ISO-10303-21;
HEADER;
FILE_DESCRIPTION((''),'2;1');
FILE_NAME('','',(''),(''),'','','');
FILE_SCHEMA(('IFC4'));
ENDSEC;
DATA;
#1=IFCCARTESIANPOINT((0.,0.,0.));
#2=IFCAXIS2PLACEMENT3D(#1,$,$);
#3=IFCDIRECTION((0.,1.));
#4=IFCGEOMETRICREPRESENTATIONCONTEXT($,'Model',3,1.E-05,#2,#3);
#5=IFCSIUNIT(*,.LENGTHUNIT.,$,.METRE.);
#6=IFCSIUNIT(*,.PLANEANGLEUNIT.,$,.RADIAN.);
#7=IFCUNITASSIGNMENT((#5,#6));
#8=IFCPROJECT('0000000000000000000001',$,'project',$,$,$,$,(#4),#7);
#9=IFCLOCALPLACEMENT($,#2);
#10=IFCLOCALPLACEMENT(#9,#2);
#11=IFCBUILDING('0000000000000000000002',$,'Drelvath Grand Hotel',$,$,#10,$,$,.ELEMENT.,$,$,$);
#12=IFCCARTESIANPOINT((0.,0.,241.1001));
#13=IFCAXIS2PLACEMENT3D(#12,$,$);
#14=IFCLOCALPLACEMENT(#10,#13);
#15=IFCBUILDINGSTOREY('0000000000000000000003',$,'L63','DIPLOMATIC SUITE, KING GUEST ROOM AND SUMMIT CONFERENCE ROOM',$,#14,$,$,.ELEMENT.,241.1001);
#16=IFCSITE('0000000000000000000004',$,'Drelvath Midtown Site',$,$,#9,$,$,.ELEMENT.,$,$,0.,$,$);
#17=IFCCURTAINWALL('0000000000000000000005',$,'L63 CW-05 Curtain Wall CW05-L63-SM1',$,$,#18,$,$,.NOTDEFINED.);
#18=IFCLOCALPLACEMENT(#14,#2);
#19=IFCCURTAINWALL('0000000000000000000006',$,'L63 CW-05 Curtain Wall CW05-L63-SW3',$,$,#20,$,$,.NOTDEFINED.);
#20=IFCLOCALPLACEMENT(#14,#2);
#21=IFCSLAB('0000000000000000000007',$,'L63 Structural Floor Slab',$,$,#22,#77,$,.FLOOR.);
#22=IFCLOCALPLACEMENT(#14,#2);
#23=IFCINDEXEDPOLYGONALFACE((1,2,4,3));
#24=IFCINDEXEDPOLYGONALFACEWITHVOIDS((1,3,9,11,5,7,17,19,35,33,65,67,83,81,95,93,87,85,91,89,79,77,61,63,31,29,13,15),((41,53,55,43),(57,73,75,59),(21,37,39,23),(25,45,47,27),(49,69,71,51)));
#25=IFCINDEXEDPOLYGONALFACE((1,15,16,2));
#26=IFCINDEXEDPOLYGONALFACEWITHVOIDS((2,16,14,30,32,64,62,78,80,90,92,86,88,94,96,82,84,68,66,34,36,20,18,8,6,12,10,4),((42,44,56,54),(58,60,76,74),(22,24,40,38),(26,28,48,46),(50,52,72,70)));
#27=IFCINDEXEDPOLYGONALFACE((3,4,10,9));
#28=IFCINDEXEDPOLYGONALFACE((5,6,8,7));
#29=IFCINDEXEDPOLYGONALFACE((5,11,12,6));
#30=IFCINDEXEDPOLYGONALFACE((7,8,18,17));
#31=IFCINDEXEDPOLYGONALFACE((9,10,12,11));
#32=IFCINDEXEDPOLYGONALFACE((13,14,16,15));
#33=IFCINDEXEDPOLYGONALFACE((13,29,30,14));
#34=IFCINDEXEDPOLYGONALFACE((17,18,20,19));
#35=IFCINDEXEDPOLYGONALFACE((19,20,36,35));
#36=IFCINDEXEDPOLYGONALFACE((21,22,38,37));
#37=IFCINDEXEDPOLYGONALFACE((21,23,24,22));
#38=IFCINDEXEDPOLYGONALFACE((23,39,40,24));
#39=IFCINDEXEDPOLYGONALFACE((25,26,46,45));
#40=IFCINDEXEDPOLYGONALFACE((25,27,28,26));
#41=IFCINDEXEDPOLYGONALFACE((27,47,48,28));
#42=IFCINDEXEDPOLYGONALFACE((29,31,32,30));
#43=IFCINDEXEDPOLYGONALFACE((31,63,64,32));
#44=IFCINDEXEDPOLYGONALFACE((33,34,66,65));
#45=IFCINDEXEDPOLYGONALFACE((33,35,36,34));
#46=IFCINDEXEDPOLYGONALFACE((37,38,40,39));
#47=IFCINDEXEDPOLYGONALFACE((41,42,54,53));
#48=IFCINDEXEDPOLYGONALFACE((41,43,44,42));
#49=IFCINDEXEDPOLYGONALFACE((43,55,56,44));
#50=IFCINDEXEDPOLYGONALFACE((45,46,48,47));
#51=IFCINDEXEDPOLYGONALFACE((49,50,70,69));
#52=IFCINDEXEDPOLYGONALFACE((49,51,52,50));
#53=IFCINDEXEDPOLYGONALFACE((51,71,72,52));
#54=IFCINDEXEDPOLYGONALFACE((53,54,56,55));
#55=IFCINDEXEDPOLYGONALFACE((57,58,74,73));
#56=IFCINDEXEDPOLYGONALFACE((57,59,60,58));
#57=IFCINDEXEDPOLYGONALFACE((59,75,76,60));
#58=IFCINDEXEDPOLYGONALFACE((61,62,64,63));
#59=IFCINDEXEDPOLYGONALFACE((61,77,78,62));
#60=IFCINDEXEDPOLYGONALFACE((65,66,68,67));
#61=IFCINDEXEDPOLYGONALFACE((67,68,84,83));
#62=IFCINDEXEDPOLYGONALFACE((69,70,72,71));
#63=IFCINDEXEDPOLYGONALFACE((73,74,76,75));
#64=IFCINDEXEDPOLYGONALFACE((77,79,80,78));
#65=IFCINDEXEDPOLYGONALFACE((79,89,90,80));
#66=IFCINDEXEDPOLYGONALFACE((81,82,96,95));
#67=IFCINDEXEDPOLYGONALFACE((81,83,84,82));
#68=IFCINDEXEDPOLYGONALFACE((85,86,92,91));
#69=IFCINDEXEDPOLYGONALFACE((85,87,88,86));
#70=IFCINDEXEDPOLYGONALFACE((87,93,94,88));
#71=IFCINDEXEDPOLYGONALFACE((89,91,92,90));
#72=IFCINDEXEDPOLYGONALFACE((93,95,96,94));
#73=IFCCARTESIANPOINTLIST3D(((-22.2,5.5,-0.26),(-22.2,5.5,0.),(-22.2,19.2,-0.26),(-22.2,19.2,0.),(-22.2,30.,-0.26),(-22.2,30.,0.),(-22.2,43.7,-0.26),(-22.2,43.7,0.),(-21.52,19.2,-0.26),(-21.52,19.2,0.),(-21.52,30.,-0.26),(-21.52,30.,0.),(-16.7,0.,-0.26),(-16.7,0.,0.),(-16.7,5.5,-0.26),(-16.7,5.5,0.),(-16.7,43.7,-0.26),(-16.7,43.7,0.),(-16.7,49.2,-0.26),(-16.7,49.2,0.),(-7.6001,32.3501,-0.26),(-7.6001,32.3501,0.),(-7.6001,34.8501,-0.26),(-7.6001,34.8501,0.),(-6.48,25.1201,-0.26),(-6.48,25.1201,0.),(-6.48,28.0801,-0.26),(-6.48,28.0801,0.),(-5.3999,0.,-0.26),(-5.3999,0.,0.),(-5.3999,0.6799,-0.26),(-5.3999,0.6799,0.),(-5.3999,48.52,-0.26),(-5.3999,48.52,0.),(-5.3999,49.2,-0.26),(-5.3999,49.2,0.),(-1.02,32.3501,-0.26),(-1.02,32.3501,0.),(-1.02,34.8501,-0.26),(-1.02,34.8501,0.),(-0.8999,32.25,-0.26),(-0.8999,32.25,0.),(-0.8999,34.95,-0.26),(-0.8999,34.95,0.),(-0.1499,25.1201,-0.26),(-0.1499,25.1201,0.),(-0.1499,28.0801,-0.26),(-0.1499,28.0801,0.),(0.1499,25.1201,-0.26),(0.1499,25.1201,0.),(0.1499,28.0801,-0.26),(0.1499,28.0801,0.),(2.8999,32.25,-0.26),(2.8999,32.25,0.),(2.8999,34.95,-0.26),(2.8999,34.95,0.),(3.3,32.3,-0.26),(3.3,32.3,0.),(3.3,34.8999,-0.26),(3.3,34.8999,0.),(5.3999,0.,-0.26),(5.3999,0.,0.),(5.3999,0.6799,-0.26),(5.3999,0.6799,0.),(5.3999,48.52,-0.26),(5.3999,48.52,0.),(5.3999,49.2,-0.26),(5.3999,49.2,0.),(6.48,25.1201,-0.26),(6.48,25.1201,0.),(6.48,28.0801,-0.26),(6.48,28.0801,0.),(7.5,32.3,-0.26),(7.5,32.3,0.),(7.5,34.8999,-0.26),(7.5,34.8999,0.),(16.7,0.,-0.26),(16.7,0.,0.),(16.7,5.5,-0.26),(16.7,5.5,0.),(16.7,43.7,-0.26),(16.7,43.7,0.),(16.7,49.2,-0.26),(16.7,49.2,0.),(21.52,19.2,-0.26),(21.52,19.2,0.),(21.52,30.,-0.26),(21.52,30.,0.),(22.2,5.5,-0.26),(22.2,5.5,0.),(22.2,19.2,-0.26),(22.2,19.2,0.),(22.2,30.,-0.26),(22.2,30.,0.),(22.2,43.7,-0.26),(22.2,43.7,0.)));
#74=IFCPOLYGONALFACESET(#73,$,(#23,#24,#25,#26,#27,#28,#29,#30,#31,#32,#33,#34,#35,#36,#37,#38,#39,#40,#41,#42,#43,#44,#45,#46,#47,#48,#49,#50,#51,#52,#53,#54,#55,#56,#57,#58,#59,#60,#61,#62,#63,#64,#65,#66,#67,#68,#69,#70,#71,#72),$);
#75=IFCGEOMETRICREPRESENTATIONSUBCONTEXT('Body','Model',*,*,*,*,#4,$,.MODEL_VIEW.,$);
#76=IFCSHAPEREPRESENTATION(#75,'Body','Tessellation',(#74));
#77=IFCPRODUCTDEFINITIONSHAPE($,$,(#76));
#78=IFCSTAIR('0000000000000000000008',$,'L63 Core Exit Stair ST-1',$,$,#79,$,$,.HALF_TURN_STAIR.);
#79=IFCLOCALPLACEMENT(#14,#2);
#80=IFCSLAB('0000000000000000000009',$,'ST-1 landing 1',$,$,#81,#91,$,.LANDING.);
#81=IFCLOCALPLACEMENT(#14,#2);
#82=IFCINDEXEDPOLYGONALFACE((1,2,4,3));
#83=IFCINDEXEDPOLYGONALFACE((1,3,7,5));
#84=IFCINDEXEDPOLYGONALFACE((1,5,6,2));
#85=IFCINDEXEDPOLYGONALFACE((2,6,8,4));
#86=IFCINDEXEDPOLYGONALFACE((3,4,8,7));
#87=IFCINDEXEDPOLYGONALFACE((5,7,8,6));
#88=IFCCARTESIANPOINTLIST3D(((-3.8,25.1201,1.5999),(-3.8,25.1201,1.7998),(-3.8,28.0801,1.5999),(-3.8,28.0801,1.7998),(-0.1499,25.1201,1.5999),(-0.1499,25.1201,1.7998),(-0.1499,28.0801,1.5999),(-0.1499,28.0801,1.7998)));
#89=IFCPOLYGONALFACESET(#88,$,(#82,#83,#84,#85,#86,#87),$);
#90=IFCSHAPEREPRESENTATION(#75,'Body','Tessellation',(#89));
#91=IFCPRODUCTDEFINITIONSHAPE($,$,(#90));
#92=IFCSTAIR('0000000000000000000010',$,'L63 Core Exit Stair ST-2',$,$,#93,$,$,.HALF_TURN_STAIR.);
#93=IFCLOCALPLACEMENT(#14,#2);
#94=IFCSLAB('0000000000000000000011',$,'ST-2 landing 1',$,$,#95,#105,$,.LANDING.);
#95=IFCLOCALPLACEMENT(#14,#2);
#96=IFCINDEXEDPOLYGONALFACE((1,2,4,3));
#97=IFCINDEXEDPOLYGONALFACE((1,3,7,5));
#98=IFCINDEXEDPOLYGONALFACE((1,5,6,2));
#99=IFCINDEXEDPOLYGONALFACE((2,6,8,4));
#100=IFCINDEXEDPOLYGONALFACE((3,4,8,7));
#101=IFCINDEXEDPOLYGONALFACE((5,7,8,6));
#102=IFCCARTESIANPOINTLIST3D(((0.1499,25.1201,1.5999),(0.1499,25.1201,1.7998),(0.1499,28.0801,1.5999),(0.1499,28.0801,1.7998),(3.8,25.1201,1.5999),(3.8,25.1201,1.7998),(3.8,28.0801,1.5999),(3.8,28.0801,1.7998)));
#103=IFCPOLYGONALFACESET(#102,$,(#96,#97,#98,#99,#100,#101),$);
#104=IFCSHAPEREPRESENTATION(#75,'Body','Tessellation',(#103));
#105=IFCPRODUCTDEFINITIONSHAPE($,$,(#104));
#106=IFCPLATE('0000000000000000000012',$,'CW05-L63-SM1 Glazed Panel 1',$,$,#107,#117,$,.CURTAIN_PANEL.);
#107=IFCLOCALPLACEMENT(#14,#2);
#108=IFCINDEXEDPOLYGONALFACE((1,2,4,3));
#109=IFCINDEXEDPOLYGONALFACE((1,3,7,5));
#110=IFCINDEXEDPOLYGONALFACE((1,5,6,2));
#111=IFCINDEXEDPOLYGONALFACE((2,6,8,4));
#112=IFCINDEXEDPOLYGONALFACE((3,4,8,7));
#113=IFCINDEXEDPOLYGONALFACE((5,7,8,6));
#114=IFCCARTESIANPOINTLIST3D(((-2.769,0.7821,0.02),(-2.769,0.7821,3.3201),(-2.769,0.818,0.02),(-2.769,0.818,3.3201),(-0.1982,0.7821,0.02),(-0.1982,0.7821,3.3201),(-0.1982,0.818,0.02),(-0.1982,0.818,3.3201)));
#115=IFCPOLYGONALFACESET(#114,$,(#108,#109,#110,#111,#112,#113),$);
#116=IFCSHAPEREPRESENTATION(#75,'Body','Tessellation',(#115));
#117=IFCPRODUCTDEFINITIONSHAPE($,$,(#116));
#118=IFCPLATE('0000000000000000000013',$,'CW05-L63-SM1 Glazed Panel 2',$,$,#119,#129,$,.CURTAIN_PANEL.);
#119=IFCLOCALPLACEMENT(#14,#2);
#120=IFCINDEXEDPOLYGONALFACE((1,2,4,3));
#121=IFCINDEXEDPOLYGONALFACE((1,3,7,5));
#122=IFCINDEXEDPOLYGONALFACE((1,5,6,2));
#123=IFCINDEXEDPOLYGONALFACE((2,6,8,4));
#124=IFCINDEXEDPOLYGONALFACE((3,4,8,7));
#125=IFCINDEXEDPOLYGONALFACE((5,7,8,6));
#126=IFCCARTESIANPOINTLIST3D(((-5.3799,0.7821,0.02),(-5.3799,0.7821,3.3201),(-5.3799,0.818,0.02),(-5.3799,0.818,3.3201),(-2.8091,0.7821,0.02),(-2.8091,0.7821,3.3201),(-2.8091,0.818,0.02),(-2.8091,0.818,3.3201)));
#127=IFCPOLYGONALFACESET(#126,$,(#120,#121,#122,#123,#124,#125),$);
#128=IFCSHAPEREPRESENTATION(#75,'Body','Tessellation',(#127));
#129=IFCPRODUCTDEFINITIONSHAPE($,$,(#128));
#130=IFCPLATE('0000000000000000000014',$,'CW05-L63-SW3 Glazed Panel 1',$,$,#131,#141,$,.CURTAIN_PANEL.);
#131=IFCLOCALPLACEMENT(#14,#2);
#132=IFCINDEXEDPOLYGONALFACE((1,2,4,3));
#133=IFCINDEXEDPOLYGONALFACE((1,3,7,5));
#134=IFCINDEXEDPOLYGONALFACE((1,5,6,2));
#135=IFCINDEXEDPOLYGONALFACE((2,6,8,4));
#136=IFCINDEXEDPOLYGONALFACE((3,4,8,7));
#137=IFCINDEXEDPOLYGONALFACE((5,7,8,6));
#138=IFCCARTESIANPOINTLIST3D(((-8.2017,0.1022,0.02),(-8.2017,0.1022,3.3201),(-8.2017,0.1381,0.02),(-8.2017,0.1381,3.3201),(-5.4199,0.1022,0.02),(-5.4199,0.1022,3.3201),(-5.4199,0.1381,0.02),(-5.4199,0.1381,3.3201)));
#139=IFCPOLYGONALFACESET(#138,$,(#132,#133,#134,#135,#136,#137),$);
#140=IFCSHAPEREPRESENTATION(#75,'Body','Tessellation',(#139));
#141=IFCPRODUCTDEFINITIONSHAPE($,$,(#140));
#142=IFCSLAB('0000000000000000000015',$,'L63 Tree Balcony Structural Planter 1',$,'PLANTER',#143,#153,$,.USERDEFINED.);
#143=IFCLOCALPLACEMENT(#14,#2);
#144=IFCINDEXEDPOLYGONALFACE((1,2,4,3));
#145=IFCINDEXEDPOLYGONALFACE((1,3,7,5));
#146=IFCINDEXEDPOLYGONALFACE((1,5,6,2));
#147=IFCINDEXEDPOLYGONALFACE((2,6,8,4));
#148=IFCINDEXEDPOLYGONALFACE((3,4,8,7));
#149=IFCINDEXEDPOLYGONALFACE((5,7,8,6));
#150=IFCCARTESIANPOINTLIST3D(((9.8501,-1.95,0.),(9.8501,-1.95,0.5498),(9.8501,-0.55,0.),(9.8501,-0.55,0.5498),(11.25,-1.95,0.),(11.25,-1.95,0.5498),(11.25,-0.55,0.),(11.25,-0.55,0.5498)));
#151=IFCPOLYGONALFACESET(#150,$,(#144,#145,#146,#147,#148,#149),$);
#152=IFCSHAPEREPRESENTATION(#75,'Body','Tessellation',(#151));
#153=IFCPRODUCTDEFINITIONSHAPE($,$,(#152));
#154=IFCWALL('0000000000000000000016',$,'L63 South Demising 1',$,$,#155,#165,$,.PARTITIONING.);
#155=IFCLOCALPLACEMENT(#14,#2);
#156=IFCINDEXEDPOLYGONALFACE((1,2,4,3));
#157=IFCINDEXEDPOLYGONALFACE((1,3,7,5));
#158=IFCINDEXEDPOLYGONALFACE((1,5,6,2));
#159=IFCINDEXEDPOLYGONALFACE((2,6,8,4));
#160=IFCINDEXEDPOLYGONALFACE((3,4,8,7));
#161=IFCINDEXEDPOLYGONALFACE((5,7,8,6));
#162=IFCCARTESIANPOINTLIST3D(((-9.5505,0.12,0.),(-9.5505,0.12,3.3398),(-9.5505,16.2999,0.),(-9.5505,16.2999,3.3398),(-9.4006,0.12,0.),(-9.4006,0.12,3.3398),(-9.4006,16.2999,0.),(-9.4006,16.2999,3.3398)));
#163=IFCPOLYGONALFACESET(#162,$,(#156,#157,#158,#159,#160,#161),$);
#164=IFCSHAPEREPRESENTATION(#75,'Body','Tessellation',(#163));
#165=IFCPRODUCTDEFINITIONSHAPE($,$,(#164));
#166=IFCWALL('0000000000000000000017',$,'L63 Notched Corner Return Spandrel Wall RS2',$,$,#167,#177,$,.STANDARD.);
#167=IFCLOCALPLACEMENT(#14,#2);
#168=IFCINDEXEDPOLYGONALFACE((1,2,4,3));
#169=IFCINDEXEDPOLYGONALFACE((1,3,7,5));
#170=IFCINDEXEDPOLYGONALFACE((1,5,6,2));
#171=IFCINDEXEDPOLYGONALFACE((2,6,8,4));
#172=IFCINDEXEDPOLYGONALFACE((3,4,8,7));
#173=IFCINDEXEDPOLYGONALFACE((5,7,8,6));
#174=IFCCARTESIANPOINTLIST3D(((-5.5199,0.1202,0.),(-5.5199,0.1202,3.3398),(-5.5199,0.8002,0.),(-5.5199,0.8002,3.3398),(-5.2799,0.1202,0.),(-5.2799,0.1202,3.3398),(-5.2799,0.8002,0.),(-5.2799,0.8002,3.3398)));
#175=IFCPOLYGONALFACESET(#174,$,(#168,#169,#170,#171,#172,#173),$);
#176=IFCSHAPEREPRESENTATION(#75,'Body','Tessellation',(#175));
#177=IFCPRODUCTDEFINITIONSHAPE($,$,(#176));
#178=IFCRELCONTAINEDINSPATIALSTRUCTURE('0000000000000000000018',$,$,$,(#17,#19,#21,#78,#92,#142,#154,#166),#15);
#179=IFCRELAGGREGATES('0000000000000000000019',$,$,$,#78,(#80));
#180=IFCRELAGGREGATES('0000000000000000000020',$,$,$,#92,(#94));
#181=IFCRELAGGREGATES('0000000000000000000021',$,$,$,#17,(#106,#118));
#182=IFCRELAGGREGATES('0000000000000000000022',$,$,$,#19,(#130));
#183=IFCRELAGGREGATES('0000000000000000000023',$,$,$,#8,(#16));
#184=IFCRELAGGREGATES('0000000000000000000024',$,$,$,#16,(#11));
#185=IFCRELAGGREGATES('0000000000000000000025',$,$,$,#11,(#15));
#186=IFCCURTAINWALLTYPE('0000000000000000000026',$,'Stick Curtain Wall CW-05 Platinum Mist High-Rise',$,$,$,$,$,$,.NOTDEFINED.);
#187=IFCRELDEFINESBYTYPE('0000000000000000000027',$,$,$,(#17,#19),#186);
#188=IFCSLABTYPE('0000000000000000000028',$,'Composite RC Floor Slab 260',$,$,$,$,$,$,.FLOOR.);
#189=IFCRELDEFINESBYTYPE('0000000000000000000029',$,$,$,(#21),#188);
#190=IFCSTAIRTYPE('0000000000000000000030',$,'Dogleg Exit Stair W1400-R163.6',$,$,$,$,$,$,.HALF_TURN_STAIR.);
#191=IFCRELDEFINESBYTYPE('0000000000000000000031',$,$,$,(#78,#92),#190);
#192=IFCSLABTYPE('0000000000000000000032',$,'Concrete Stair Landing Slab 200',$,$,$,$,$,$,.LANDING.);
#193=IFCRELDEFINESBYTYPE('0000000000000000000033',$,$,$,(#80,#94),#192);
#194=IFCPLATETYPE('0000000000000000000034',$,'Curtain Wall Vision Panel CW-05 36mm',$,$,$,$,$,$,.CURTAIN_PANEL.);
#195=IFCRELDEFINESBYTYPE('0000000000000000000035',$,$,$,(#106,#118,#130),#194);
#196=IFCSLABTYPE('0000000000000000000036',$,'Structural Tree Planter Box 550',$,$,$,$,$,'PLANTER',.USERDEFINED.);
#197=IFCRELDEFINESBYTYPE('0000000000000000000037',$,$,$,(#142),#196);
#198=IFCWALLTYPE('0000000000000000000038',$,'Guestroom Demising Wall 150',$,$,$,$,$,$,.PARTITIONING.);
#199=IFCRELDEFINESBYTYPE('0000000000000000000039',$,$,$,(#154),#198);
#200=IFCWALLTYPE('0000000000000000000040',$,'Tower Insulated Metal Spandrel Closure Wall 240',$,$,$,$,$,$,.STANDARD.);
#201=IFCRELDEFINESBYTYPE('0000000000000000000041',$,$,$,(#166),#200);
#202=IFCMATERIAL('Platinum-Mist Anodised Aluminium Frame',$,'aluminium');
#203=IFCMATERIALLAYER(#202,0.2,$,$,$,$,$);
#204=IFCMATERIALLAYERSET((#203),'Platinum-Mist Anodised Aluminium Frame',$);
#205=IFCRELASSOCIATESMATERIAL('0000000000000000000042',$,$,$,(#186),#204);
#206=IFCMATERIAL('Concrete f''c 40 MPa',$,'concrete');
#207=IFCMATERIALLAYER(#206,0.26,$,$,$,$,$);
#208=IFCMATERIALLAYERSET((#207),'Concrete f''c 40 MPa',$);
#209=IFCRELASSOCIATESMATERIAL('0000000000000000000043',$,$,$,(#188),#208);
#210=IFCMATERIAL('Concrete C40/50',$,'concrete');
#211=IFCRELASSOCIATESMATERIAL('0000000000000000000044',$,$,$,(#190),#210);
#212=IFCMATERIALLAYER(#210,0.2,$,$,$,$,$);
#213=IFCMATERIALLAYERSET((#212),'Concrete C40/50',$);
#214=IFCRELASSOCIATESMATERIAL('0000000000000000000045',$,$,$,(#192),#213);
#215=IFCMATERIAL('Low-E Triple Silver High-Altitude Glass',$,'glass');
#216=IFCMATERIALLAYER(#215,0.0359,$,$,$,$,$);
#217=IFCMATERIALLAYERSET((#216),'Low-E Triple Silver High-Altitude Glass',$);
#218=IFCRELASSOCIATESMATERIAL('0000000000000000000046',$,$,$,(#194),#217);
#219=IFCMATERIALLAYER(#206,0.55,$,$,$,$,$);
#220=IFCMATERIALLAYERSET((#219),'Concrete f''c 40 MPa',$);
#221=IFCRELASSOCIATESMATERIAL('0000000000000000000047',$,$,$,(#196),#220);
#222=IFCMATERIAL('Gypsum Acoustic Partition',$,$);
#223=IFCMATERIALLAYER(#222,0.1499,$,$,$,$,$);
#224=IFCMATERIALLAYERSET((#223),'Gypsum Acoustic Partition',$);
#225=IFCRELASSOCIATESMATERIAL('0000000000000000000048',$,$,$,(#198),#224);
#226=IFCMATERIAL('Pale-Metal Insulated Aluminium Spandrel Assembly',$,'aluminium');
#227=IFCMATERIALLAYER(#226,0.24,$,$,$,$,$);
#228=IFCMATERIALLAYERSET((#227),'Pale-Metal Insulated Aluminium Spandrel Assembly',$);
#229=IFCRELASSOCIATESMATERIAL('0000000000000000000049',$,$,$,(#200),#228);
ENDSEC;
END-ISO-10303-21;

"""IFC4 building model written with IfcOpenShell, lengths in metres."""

from ifc_helpers import new_model, si_unit, direction, frame, frame_2d, origin, origin_2d, place, context, subcontext, project, spatial, polyline, rectangle, outline, extrude, material, layer, layer_set, type_object, element, aggregate, save


model = new_model("IFC4")

# Units and contexts
model_context = context("Model", 3, precision=1e-05, world=origin(), true_north=direction((0.0, 1.0)))
body_context = subcontext(model_context, "Body", "Model", "MODEL_VIEW")
ifc_project = project(units=[si_unit("LENGTHUNIT", "METRE"), si_unit("PLANEANGLEUNIT", "RADIAN")], contexts=[model_context])

# Site, building, storey
site_placement = place(None, origin())
site = spatial("IfcSite", under=ifc_project, at=site_placement, Name="Drelvath Midtown Site", CompositionType="ELEMENT", RefElevation=0.0)
building_placement = place(site_placement, origin())
building = spatial("IfcBuilding", under=site, at=building_placement, Name="Drelvath Grand Hotel", CompositionType="ELEMENT")
storey_placement = place(building_placement, frame((0.0, 0.0, 241.1001)))
storey = spatial("IfcBuildingStorey", under=building, at=storey_placement, Name="L63", Description="DIPLOMATIC SUITE, KING GUEST ROOM AND SUMMIT CONFERENCE ROOM", CompositionType="ELEMENT", Elevation=241.1001)

# Curtain walls
ifc_material_1 = material(Name="Platinum-Mist Anodised Aluminium Frame", Category="aluminium")
ifc_layer_1 = layer(ifc_material_1, 0.2)
ifc_layer_set_1 = layer_set([ifc_layer_1], Name="Platinum-Mist Anodised Aluminium Frame")
curtain_wall_type = type_object("IfcCurtainWallType", Name="Stick Curtain Wall CW-05 Platinum Mist High-Rise", PredefinedType="NOTDEFINED", material=ifc_layer_set_1)
curtain_wall_1_placement = place(storey_placement, origin())
curtain_wall_1 = element("IfcCurtainWall", 1, at=curtain_wall_1_placement, inside=storey, type_object=curtain_wall_type, Name="L63 CW-05 Curtain Wall CW05-L63-SM1", PredefinedType="NOTDEFINED")
curtain_wall_2_placement = place(storey_placement, origin())
curtain_wall_2 = element("IfcCurtainWall", 2, at=curtain_wall_2_placement, inside=storey, type_object=curtain_wall_type, Name="L63 CW-05 Curtain Wall CW05-L63-SW3", PredefinedType="NOTDEFINED")

# Slab
ifc_material_2 = material(Name="Concrete f'c 40 MPa", Category="concrete")
ifc_layer_2 = layer(ifc_material_2, 0.26)
ifc_layer_set_2 = layer_set([ifc_layer_2], Name="Concrete f'c 40 MPa")
slab_type_1 = type_object("IfcSlabType", Name="Composite RC Floor Slab 260", PredefinedType="FLOOR", material=ifc_layer_set_2)
slab_1_placement = place(storey_placement, frame((0.0, 0.0, -0.26)))
element("IfcSlab", 3, at=slab_1_placement, inside=storey, type_object=slab_type_1, Name="L63 Structural Floor Slab", PredefinedType="FLOOR", context=body_context, shape_type="SweptSolid", body=[
    extrude(outline(polyline([(-16.7, 0.0), (-5.3999, 0.0), (-5.3999, 0.6799), (5.3999, 0.6799), (5.3999, 0.0), (16.7, 0.0), (16.7, 5.5), (22.2, 5.5), (22.2, 19.2), (21.52, 19.2), (21.52, 30.0), (22.2, 30.0), (22.2, 43.7), (16.7, 43.7), (16.7, 49.2), (5.3999, 49.2), (5.3999, 48.52), (-5.3999, 48.52), (-5.3999, 49.2), (-16.7, 49.2), (-16.7, 43.7), (-22.2, 43.7), (-22.2, 30.0), (-21.52, 30.0), (-21.52, 19.2), (-22.2, 19.2), (-22.2, 5.5), (-16.7, 5.5), (-16.7, 0.0)]), holes=[polyline([(-6.48, 25.1201), (-6.48, 28.0801), (-0.1499, 28.0801), (-0.1499, 25.1201), (-6.48, 25.1201)]), polyline([(0.1499, 25.1201), (0.1499, 28.0801), (6.48, 28.0801), (6.48, 25.1201), (0.1499, 25.1201)]), polyline([(-7.6001, 32.3501), (-7.6001, 34.8501), (-1.02, 34.8501), (-1.02, 32.3501), (-7.6001, 32.3501)]), polyline([(-0.8999, 32.25), (-0.8999, 34.95), (2.8999, 34.95), (2.8999, 32.25), (-0.8999, 32.25)]), polyline([(3.3, 32.3), (3.3, 34.8999), (7.5, 34.8999), (7.5, 32.3), (3.3, 32.3)])]), origin(), (0.0, 0.0, 1.0), 0.26),
])

# Stairs, slabs
ifc_material_3 = material(Name="Concrete C40/50", Category="concrete")
stair_type = type_object("IfcStairType", Name="Dogleg Exit Stair W1400-R163.6", PredefinedType="HALF_TURN_STAIR", material=ifc_material_3)
stair_1_placement = place(storey_placement, origin())
stair_1 = element("IfcStair", 4, at=stair_1_placement, inside=storey, type_object=stair_type, Name="L63 Core Exit Stair ST-1", PredefinedType="HALF_TURN_STAIR")
ifc_layer_3 = layer(ifc_material_3, 0.2)
ifc_layer_set_3 = layer_set([ifc_layer_3], Name="Concrete C40/50")
slab_type_2 = type_object("IfcSlabType", Name="Concrete Stair Landing Slab 200", PredefinedType="LANDING", material=ifc_layer_set_3)
slab_2_placement = place(storey_placement, frame((0.0, 0.0, 1.5999)))
slab_2 = element("IfcSlab", 5, at=slab_2_placement, type_object=slab_type_2, Name="ST-1 landing 1", PredefinedType="LANDING", context=body_context, shape_type="SweptSolid", body=[
    extrude(outline(polyline([(-3.8, 25.1201), (-0.1499, 25.1201), (-0.1499, 28.0801), (-3.8, 28.0801), (-3.8, 25.1201)])), origin(), (0.0, 0.0, 1.0), 0.2),
])
aggregate(stair_1, [slab_2])
stair_2_placement = place(storey_placement, origin())
stair_2 = element("IfcStair", 6, at=stair_2_placement, inside=storey, type_object=stair_type, Name="L63 Core Exit Stair ST-2", PredefinedType="HALF_TURN_STAIR")
slab_3_placement = place(storey_placement, frame((0.0, 0.0, 1.5999)))
slab_3 = element("IfcSlab", 7, at=slab_3_placement, type_object=slab_type_2, Name="ST-2 landing 1", PredefinedType="LANDING", context=body_context, shape_type="SweptSolid", body=[
    extrude(outline(polyline([(3.8, 28.0801), (0.1499, 28.0801), (0.1499, 25.1201), (3.8, 25.1201), (3.8, 28.0801)])), origin(), (0.0, 0.0, 1.0), 0.2),
])
aggregate(stair_2, [slab_3])

# Plates
ifc_material_4 = material(Name="Low-E Triple Silver High-Altitude Glass", Category="glass")
ifc_layer_4 = layer(ifc_material_4, 0.0359)
ifc_layer_set_4 = layer_set([ifc_layer_4], Name="Low-E Triple Silver High-Altitude Glass")
plate_type = type_object("IfcPlateType", Name="Curtain Wall Vision Panel CW-05 36mm", PredefinedType="CURTAIN_PANEL", material=ifc_layer_set_4)
plate_1_placement = place(storey_placement, frame((-1.4836, 0.8, 0.02), z_axis=(0.0, 0.0, 1.0), x_axis=(-1.0, 0.0, 0.0)))
plate_1 = element("IfcPlate", 8, at=plate_1_placement, type_object=plate_type, Name="CW05-L63-SM1 Glazed Panel 1", PredefinedType="CURTAIN_PANEL", context=body_context, shape_type="SweptSolid", body=[
    extrude(rectangle(XDim=2.5708, YDim=0.0359, at=origin_2d()), origin(), (0.0, 0.0, 1.0), 3.3),
])
plate_2_placement = place(storey_placement, frame((-4.0945, 0.8, 0.02), z_axis=(0.0, 0.0, 1.0), x_axis=(-1.0, 0.0, 0.0)))
plate_2 = element("IfcPlate", 9, at=plate_2_placement, type_object=plate_type, Name="CW05-L63-SM1 Glazed Panel 2", PredefinedType="CURTAIN_PANEL", context=body_context, shape_type="SweptSolid", body=[
    extrude(rectangle(XDim=2.5708, YDim=0.0359, at=origin_2d()), origin(), (0.0, 0.0, 1.0), 3.3),
])
aggregate(curtain_wall_1, [plate_1, plate_2])
plate_3_placement = place(storey_placement, frame((-6.8108, 0.1201, 0.02), z_axis=(0.0, 0.0, 1.0), x_axis=(-1.0, 0.0, 0.0)))
plate_3 = element("IfcPlate", 10, at=plate_3_placement, type_object=plate_type, Name="CW05-L63-SW3 Glazed Panel 1", PredefinedType="CURTAIN_PANEL", context=body_context, shape_type="SweptSolid", body=[
    extrude(rectangle(XDim=2.7817, YDim=0.0359, at=origin_2d()), origin(), (0.0, 0.0, 1.0), 3.3),
])
aggregate(curtain_wall_2, [plate_3])

# Slab
ifc_layer_5 = layer(ifc_material_2, 0.55)
ifc_layer_set_5 = layer_set([ifc_layer_5], Name="Concrete f'c 40 MPa")
slab_type_3 = type_object("IfcSlabType", Name="Structural Tree Planter Box 550", ElementType="PLANTER", PredefinedType="USERDEFINED", material=ifc_layer_set_5)
slab_4_placement = place(storey_placement, origin())
element("IfcSlab", 11, at=slab_4_placement, inside=storey, type_object=slab_type_3, Name="L63 Tree Balcony Structural Planter 1", ObjectType="PLANTER", PredefinedType="USERDEFINED", context=body_context, shape_type="SweptSolid", body=[
    extrude(outline(polyline([(9.8501, -1.95), (11.25, -1.95), (11.25, -0.55), (9.8501, -0.55), (9.8501, -1.95)])), origin(), (0.0, 0.0, 1.0), 0.5498),
])

# Walls
ifc_material_5 = material(Name="Gypsum Acoustic Partition")
ifc_layer_6 = layer(ifc_material_5, 0.1499)
ifc_layer_set_6 = layer_set([ifc_layer_6], Name="Gypsum Acoustic Partition")
wall_type_1 = type_object("IfcWallType", Name="Guestroom Demising Wall 150", PredefinedType="PARTITIONING", material=ifc_layer_set_6)
wall_1_placement = place(storey_placement, frame((-9.4756, 0.1201, 0.0), z_axis=(0.0, 0.0, 1.0), x_axis=(0.0, 1.0, 0.0)))
element("IfcWall", 12, at=wall_1_placement, inside=storey, type_object=wall_type_1, Name="L63 South Demising 1", PredefinedType="PARTITIONING", context=body_context, shape_type="SweptSolid", body=[
    extrude(rectangle(XDim=16.1799, YDim=0.1499, at=frame_2d((8.0898, 0.0))), origin(), (0.0, 0.0, 1.0), 3.3398),
])
ifc_material_6 = material(Name="Pale-Metal Insulated Aluminium Spandrel Assembly", Category="aluminium")
ifc_layer_7 = layer(ifc_material_6, 0.24)
ifc_layer_set_7 = layer_set([ifc_layer_7], Name="Pale-Metal Insulated Aluminium Spandrel Assembly")
wall_type_2 = type_object("IfcWallType", Name="Tower Insulated Metal Spandrel Closure Wall 240", PredefinedType="STANDARD", material=ifc_layer_set_7)
wall_2_placement = place(storey_placement, frame((-5.3999, 0.8, 0.0), z_axis=(0.0, 0.0, 1.0), x_axis=(0.0, -1.0, 0.0)))
element("IfcWall", 13, at=wall_2_placement, inside=storey, type_object=wall_type_2, Name="L63 Notched Corner Return Spandrel Wall RS2", PredefinedType="STANDARD", context=body_context, shape_type="SweptSolid", body=[
    extrude(rectangle(XDim=0.6799, YDim=0.24, at=frame_2d((0.3398, 0.0))), origin(), (0.0, 0.0, 1.0), 3.3398),
])

save(model, "model.ifc")
